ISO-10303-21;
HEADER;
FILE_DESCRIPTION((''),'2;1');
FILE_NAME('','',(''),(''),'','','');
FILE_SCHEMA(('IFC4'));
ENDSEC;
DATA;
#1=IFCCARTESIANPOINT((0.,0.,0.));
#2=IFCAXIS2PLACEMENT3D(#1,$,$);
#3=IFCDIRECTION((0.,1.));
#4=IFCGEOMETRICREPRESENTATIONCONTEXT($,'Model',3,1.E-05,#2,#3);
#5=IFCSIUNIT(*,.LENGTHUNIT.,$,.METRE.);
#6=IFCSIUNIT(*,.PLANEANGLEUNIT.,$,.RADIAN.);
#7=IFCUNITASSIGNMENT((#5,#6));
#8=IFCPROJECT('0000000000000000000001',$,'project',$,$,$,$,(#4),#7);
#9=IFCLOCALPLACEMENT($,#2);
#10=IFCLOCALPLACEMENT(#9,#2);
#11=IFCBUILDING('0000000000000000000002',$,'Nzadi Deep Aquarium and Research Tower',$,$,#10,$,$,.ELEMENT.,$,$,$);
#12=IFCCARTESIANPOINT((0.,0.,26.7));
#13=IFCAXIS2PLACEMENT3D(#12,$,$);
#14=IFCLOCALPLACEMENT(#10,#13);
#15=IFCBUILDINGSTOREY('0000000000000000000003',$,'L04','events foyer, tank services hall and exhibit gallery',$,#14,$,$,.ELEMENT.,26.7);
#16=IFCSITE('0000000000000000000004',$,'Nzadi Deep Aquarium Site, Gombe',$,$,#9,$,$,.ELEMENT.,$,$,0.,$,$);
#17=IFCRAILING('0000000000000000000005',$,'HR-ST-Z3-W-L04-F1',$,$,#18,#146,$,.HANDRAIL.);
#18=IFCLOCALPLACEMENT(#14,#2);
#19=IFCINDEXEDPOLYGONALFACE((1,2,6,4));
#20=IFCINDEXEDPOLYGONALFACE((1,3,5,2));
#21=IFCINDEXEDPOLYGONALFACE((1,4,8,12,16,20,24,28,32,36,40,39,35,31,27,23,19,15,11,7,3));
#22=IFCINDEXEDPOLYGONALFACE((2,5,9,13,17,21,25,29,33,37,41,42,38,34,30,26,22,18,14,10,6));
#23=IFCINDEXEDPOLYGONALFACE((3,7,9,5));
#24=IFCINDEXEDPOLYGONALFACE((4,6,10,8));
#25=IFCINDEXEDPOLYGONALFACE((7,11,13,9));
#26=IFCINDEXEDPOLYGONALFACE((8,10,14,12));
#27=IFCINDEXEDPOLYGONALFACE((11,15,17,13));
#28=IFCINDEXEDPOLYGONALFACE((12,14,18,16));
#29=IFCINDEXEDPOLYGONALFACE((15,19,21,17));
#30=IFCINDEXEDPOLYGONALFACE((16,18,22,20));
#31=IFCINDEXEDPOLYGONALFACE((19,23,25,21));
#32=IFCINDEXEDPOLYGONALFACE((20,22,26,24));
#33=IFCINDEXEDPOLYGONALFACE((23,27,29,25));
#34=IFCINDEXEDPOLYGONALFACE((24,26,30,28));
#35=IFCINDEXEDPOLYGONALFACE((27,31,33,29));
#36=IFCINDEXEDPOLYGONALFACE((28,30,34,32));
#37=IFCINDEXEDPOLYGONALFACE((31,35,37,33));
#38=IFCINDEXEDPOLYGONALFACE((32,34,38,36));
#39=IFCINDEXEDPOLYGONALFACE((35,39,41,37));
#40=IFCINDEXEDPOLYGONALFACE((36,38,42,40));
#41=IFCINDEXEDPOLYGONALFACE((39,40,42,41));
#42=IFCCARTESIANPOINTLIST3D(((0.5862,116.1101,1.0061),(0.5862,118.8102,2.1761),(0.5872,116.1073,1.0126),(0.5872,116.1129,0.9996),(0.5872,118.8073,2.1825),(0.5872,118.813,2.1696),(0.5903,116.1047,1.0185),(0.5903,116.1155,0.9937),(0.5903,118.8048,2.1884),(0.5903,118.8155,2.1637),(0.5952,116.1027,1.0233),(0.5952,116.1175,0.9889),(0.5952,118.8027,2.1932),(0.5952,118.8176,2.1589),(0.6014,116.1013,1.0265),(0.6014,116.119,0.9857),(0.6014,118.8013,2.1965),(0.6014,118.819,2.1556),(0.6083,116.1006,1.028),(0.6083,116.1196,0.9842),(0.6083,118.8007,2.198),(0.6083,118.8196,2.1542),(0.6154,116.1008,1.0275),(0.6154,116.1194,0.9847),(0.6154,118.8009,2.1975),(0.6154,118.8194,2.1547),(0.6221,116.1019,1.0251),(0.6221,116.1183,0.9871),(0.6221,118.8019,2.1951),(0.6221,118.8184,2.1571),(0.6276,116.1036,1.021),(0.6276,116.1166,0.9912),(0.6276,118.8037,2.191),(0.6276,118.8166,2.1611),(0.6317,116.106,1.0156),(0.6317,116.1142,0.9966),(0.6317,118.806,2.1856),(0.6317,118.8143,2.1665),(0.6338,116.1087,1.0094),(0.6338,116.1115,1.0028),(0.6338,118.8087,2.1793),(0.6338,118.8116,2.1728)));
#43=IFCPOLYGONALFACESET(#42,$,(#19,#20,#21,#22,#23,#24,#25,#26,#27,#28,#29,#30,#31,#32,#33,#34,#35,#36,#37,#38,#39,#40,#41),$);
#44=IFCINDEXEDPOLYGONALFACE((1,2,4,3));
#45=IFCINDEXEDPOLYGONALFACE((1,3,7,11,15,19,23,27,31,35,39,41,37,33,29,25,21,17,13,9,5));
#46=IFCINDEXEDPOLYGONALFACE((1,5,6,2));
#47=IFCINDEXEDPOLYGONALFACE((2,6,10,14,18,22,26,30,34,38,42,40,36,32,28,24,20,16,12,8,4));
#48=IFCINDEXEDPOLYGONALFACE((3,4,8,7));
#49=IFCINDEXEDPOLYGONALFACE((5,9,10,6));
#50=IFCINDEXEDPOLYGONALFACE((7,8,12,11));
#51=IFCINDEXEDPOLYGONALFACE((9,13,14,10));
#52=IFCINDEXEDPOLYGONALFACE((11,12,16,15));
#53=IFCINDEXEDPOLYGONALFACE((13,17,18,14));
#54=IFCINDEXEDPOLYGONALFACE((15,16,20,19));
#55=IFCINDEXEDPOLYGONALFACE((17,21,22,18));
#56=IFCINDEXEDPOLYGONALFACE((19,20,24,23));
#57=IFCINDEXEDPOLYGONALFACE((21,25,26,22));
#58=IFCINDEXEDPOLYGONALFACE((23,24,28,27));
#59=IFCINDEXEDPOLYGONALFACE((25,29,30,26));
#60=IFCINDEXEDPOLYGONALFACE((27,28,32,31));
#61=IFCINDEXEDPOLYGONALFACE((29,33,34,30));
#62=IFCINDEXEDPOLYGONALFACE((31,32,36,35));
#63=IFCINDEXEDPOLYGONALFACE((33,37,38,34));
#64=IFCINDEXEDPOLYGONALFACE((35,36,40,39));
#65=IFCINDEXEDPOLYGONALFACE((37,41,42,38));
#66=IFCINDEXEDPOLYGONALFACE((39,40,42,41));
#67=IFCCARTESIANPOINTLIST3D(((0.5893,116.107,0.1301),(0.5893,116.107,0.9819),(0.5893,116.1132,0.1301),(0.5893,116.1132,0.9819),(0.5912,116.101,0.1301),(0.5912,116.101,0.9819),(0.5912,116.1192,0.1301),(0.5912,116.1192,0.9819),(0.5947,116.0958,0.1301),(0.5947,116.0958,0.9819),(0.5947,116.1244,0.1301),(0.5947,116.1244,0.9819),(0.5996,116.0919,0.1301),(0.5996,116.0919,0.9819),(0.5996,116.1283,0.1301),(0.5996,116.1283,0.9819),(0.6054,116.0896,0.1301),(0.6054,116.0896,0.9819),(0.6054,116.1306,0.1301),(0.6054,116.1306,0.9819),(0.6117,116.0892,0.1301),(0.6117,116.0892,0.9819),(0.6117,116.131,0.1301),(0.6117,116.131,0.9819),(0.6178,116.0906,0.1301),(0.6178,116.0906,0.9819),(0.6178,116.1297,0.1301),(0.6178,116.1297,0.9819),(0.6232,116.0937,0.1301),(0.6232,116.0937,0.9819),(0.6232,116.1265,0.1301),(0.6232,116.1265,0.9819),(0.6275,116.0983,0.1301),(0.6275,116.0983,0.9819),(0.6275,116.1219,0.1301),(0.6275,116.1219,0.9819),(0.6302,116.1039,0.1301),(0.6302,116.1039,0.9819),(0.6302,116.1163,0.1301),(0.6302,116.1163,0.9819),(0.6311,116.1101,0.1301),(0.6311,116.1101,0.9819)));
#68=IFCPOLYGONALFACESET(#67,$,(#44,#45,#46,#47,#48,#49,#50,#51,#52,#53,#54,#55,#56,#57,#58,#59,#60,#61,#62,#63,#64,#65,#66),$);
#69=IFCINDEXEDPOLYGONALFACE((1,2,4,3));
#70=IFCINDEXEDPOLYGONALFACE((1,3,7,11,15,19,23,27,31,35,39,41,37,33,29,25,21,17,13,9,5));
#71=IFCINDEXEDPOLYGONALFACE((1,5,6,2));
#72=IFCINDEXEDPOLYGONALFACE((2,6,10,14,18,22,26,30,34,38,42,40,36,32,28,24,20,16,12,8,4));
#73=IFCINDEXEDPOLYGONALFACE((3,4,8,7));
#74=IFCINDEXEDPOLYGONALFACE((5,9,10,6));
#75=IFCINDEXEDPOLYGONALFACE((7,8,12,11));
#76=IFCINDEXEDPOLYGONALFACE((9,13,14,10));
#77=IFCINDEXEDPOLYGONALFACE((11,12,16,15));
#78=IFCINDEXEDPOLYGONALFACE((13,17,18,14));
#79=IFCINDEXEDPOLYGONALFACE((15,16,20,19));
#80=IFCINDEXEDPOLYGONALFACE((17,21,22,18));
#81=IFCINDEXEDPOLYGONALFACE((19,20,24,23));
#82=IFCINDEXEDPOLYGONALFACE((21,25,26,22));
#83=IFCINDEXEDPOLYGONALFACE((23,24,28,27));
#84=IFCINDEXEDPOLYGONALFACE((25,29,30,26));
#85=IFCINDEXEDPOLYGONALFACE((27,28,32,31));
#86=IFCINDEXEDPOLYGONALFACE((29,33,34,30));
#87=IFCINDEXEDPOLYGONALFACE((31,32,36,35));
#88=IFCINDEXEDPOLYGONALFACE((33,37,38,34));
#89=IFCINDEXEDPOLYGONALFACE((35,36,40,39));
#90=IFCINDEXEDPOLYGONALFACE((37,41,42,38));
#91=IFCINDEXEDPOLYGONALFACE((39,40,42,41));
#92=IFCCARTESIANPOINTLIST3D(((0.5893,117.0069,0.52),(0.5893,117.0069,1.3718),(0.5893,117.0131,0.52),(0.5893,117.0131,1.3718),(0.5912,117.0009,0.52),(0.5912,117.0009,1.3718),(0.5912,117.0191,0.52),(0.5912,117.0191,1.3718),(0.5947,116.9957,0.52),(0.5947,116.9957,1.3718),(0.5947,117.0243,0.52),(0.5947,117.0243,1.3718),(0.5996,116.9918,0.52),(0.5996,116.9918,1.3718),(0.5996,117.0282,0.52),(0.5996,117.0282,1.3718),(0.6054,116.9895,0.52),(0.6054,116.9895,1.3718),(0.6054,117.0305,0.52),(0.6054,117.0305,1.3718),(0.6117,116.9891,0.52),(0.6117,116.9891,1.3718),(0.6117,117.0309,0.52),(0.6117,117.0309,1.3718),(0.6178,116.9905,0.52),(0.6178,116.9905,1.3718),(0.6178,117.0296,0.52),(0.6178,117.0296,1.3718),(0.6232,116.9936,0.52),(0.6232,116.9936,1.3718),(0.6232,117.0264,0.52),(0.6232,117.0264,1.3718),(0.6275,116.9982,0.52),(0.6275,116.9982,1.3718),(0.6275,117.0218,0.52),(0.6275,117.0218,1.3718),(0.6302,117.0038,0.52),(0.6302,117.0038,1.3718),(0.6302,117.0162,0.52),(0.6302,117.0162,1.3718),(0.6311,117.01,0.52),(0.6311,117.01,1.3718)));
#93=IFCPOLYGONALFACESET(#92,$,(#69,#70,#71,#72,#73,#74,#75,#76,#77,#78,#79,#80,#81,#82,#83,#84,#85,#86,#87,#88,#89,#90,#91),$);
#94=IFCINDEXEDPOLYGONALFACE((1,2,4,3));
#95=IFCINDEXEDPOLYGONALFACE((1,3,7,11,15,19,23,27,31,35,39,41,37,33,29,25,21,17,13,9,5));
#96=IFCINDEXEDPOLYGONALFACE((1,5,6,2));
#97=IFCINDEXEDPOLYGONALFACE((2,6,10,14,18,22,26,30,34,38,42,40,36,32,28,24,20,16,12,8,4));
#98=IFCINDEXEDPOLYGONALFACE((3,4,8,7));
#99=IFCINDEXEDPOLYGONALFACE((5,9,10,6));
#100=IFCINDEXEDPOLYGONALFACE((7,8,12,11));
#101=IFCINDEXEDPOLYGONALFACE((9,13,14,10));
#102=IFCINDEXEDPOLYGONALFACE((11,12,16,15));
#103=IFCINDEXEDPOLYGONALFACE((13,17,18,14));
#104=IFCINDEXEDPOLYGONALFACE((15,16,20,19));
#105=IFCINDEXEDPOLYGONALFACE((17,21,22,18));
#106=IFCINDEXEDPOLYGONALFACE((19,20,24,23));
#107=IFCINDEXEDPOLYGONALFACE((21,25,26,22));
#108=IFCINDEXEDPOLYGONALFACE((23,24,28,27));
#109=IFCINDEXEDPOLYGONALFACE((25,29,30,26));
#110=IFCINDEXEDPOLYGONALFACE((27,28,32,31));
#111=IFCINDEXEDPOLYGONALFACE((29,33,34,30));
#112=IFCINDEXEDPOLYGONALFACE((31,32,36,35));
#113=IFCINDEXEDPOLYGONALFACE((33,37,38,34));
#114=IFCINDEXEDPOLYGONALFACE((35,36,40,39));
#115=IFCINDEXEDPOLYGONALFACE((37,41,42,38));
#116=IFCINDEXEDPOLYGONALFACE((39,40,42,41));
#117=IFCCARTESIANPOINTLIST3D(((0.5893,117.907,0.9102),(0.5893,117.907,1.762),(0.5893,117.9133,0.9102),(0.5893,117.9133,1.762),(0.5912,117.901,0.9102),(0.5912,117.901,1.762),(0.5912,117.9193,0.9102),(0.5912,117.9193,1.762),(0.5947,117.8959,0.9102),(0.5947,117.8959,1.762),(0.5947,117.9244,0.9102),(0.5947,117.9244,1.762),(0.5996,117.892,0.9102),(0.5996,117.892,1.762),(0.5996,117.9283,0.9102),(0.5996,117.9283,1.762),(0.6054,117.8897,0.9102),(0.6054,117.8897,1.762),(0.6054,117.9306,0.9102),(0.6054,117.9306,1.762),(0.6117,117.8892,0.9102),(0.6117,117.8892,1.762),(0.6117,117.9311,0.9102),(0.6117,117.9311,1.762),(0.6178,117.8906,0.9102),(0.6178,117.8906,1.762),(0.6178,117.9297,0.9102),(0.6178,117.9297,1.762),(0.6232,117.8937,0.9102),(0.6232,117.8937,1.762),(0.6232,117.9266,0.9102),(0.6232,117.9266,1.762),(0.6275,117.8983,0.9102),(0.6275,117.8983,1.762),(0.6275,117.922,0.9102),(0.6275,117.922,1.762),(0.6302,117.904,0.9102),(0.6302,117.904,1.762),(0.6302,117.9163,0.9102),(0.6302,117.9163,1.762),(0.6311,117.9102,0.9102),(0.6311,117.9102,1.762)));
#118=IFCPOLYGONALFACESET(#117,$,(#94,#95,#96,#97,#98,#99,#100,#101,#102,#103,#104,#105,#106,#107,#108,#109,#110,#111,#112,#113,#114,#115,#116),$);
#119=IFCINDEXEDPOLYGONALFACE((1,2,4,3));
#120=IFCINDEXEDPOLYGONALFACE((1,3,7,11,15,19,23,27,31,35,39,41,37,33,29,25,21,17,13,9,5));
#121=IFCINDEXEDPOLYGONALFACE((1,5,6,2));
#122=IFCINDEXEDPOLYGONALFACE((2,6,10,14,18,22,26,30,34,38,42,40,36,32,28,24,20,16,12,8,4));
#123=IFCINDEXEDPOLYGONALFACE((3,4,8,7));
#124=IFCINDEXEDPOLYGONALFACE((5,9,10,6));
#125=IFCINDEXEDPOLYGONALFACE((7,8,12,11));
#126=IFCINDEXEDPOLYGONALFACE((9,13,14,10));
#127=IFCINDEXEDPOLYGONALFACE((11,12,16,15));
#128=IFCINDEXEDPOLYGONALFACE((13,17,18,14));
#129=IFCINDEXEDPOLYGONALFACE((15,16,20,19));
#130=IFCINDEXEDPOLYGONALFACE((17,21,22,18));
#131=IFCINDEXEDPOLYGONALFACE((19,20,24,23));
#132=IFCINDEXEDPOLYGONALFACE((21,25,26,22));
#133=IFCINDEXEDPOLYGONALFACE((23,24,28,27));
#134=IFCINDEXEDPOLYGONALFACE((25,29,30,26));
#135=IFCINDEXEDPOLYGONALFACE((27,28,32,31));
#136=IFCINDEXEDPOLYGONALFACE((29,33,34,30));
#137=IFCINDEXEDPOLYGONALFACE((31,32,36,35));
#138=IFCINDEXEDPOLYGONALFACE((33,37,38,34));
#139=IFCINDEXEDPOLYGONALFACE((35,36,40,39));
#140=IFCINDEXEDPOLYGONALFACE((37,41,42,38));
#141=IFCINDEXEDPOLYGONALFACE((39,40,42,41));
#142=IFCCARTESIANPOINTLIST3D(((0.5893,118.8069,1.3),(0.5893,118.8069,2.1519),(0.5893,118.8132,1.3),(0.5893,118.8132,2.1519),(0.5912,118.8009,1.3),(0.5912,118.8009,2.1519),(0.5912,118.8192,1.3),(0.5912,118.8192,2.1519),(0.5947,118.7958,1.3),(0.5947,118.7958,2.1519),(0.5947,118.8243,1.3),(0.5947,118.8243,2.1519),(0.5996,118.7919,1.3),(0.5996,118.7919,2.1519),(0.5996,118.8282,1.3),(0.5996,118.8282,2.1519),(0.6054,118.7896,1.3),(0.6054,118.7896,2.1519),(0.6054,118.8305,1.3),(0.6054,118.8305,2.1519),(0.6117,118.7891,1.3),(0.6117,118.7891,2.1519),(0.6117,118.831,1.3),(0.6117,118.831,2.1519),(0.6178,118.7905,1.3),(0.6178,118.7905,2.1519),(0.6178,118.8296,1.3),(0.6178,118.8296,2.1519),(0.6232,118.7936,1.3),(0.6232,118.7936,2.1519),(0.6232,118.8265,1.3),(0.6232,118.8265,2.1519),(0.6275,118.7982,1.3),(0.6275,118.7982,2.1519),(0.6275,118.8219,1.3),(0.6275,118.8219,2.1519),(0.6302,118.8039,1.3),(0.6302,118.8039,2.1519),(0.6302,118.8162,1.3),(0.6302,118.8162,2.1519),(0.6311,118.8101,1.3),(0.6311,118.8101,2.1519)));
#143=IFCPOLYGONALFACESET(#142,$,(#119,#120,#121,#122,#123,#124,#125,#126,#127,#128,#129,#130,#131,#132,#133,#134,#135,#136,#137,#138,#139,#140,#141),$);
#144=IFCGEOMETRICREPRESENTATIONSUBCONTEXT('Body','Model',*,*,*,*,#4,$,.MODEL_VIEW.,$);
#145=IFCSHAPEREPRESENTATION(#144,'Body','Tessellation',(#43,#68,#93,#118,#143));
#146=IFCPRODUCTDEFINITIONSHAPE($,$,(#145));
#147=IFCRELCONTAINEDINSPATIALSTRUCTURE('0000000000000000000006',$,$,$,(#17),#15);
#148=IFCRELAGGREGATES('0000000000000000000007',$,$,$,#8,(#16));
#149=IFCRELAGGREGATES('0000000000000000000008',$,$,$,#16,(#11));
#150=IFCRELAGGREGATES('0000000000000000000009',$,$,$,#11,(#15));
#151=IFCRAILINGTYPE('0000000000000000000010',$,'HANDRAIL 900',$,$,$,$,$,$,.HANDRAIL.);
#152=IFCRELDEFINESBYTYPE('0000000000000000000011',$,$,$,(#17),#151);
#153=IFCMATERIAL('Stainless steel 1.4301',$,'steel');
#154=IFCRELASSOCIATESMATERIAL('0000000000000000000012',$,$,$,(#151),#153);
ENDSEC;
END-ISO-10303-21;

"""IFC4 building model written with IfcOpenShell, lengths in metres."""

from ifc_helpers import new_model, si_unit, direction, frame, origin, origin_2d, place, context, subcontext, project, spatial, circle, extrude, material, type_object, element, save


model = new_model("IFC4")

# Units and contexts
model_context = context("Model", 3, precision=1e-05, world=origin(), true_north=direction((0.0, 1.0)))
body_context = subcontext(model_context, "Body", "Model", "MODEL_VIEW")
ifc_project = project(units=[si_unit("LENGTHUNIT", "METRE"), si_unit("PLANEANGLEUNIT", "RADIAN")], contexts=[model_context])

# Site, building, storey
site_placement = place(None, origin())
site = spatial("IfcSite", under=ifc_project, at=site_placement, Name="Nzadi Deep Aquarium Site, Gombe", CompositionType="ELEMENT", RefElevation=0.0)
building_placement = place(site_placement, origin())
building = spatial("IfcBuilding", under=site, at=building_placement, Name="Nzadi Deep Aquarium and Research Tower", CompositionType="ELEMENT")
storey_placement = place(building_placement, frame((0.0, 0.0, 26.7)))
storey = spatial("IfcBuildingStorey", under=building, at=storey_placement, Name="L04", Description="events foyer, tank services hall and exhibit gallery", CompositionType="ELEMENT", Elevation=26.7)

# Railing
ifc_material_1 = material(Name="Stainless steel 1.4301", Category="steel")
railing_type_1 = type_object("IfcRailingType", Name="HANDRAIL 900", PredefinedType="HANDRAIL", material=ifc_material_1)
for number, where, name in (
    (1, (0.6101, 116.1101, 0.1301), "HR-ST-Z3-W-L04-F1"),
):
    element("IfcRailing", number, at=place(storey_placement, frame(where)), inside=storey, type_object=railing_type_1, Name=name, PredefinedType="HANDRAIL", context=body_context, shape_type="SweptSolid", body=[
        extrude(circle(Radius=0.0239, at=origin_2d()), frame((0.0, 0.0, 0.876), z_axis=(0.0, 0.917563, 0.397591), x_axis=(-1.0, 0.0, 0.0)), (0.0, 0.0, 1.0), 2.9426),
        extrude(circle(Radius=0.021, at=origin_2d()), origin(), (0.0, 0.0, 1.0), 0.8518),
        extrude(circle(Radius=0.021, at=origin_2d()), frame((0.0, 0.8999, 0.3899)), (0.0, 0.0, 1.0), 0.8518),
        extrude(circle(Radius=0.021, at=origin_2d()), frame((0.0, 1.8, 0.78)), (0.0, 0.0, 1.0), 0.8518),
        extrude(circle(Radius=0.021, at=origin_2d()), frame((0.0, 2.7, 1.1699)), (0.0, 0.0, 1.0), 0.8518),
    ])

save(model, "model.ifc")
